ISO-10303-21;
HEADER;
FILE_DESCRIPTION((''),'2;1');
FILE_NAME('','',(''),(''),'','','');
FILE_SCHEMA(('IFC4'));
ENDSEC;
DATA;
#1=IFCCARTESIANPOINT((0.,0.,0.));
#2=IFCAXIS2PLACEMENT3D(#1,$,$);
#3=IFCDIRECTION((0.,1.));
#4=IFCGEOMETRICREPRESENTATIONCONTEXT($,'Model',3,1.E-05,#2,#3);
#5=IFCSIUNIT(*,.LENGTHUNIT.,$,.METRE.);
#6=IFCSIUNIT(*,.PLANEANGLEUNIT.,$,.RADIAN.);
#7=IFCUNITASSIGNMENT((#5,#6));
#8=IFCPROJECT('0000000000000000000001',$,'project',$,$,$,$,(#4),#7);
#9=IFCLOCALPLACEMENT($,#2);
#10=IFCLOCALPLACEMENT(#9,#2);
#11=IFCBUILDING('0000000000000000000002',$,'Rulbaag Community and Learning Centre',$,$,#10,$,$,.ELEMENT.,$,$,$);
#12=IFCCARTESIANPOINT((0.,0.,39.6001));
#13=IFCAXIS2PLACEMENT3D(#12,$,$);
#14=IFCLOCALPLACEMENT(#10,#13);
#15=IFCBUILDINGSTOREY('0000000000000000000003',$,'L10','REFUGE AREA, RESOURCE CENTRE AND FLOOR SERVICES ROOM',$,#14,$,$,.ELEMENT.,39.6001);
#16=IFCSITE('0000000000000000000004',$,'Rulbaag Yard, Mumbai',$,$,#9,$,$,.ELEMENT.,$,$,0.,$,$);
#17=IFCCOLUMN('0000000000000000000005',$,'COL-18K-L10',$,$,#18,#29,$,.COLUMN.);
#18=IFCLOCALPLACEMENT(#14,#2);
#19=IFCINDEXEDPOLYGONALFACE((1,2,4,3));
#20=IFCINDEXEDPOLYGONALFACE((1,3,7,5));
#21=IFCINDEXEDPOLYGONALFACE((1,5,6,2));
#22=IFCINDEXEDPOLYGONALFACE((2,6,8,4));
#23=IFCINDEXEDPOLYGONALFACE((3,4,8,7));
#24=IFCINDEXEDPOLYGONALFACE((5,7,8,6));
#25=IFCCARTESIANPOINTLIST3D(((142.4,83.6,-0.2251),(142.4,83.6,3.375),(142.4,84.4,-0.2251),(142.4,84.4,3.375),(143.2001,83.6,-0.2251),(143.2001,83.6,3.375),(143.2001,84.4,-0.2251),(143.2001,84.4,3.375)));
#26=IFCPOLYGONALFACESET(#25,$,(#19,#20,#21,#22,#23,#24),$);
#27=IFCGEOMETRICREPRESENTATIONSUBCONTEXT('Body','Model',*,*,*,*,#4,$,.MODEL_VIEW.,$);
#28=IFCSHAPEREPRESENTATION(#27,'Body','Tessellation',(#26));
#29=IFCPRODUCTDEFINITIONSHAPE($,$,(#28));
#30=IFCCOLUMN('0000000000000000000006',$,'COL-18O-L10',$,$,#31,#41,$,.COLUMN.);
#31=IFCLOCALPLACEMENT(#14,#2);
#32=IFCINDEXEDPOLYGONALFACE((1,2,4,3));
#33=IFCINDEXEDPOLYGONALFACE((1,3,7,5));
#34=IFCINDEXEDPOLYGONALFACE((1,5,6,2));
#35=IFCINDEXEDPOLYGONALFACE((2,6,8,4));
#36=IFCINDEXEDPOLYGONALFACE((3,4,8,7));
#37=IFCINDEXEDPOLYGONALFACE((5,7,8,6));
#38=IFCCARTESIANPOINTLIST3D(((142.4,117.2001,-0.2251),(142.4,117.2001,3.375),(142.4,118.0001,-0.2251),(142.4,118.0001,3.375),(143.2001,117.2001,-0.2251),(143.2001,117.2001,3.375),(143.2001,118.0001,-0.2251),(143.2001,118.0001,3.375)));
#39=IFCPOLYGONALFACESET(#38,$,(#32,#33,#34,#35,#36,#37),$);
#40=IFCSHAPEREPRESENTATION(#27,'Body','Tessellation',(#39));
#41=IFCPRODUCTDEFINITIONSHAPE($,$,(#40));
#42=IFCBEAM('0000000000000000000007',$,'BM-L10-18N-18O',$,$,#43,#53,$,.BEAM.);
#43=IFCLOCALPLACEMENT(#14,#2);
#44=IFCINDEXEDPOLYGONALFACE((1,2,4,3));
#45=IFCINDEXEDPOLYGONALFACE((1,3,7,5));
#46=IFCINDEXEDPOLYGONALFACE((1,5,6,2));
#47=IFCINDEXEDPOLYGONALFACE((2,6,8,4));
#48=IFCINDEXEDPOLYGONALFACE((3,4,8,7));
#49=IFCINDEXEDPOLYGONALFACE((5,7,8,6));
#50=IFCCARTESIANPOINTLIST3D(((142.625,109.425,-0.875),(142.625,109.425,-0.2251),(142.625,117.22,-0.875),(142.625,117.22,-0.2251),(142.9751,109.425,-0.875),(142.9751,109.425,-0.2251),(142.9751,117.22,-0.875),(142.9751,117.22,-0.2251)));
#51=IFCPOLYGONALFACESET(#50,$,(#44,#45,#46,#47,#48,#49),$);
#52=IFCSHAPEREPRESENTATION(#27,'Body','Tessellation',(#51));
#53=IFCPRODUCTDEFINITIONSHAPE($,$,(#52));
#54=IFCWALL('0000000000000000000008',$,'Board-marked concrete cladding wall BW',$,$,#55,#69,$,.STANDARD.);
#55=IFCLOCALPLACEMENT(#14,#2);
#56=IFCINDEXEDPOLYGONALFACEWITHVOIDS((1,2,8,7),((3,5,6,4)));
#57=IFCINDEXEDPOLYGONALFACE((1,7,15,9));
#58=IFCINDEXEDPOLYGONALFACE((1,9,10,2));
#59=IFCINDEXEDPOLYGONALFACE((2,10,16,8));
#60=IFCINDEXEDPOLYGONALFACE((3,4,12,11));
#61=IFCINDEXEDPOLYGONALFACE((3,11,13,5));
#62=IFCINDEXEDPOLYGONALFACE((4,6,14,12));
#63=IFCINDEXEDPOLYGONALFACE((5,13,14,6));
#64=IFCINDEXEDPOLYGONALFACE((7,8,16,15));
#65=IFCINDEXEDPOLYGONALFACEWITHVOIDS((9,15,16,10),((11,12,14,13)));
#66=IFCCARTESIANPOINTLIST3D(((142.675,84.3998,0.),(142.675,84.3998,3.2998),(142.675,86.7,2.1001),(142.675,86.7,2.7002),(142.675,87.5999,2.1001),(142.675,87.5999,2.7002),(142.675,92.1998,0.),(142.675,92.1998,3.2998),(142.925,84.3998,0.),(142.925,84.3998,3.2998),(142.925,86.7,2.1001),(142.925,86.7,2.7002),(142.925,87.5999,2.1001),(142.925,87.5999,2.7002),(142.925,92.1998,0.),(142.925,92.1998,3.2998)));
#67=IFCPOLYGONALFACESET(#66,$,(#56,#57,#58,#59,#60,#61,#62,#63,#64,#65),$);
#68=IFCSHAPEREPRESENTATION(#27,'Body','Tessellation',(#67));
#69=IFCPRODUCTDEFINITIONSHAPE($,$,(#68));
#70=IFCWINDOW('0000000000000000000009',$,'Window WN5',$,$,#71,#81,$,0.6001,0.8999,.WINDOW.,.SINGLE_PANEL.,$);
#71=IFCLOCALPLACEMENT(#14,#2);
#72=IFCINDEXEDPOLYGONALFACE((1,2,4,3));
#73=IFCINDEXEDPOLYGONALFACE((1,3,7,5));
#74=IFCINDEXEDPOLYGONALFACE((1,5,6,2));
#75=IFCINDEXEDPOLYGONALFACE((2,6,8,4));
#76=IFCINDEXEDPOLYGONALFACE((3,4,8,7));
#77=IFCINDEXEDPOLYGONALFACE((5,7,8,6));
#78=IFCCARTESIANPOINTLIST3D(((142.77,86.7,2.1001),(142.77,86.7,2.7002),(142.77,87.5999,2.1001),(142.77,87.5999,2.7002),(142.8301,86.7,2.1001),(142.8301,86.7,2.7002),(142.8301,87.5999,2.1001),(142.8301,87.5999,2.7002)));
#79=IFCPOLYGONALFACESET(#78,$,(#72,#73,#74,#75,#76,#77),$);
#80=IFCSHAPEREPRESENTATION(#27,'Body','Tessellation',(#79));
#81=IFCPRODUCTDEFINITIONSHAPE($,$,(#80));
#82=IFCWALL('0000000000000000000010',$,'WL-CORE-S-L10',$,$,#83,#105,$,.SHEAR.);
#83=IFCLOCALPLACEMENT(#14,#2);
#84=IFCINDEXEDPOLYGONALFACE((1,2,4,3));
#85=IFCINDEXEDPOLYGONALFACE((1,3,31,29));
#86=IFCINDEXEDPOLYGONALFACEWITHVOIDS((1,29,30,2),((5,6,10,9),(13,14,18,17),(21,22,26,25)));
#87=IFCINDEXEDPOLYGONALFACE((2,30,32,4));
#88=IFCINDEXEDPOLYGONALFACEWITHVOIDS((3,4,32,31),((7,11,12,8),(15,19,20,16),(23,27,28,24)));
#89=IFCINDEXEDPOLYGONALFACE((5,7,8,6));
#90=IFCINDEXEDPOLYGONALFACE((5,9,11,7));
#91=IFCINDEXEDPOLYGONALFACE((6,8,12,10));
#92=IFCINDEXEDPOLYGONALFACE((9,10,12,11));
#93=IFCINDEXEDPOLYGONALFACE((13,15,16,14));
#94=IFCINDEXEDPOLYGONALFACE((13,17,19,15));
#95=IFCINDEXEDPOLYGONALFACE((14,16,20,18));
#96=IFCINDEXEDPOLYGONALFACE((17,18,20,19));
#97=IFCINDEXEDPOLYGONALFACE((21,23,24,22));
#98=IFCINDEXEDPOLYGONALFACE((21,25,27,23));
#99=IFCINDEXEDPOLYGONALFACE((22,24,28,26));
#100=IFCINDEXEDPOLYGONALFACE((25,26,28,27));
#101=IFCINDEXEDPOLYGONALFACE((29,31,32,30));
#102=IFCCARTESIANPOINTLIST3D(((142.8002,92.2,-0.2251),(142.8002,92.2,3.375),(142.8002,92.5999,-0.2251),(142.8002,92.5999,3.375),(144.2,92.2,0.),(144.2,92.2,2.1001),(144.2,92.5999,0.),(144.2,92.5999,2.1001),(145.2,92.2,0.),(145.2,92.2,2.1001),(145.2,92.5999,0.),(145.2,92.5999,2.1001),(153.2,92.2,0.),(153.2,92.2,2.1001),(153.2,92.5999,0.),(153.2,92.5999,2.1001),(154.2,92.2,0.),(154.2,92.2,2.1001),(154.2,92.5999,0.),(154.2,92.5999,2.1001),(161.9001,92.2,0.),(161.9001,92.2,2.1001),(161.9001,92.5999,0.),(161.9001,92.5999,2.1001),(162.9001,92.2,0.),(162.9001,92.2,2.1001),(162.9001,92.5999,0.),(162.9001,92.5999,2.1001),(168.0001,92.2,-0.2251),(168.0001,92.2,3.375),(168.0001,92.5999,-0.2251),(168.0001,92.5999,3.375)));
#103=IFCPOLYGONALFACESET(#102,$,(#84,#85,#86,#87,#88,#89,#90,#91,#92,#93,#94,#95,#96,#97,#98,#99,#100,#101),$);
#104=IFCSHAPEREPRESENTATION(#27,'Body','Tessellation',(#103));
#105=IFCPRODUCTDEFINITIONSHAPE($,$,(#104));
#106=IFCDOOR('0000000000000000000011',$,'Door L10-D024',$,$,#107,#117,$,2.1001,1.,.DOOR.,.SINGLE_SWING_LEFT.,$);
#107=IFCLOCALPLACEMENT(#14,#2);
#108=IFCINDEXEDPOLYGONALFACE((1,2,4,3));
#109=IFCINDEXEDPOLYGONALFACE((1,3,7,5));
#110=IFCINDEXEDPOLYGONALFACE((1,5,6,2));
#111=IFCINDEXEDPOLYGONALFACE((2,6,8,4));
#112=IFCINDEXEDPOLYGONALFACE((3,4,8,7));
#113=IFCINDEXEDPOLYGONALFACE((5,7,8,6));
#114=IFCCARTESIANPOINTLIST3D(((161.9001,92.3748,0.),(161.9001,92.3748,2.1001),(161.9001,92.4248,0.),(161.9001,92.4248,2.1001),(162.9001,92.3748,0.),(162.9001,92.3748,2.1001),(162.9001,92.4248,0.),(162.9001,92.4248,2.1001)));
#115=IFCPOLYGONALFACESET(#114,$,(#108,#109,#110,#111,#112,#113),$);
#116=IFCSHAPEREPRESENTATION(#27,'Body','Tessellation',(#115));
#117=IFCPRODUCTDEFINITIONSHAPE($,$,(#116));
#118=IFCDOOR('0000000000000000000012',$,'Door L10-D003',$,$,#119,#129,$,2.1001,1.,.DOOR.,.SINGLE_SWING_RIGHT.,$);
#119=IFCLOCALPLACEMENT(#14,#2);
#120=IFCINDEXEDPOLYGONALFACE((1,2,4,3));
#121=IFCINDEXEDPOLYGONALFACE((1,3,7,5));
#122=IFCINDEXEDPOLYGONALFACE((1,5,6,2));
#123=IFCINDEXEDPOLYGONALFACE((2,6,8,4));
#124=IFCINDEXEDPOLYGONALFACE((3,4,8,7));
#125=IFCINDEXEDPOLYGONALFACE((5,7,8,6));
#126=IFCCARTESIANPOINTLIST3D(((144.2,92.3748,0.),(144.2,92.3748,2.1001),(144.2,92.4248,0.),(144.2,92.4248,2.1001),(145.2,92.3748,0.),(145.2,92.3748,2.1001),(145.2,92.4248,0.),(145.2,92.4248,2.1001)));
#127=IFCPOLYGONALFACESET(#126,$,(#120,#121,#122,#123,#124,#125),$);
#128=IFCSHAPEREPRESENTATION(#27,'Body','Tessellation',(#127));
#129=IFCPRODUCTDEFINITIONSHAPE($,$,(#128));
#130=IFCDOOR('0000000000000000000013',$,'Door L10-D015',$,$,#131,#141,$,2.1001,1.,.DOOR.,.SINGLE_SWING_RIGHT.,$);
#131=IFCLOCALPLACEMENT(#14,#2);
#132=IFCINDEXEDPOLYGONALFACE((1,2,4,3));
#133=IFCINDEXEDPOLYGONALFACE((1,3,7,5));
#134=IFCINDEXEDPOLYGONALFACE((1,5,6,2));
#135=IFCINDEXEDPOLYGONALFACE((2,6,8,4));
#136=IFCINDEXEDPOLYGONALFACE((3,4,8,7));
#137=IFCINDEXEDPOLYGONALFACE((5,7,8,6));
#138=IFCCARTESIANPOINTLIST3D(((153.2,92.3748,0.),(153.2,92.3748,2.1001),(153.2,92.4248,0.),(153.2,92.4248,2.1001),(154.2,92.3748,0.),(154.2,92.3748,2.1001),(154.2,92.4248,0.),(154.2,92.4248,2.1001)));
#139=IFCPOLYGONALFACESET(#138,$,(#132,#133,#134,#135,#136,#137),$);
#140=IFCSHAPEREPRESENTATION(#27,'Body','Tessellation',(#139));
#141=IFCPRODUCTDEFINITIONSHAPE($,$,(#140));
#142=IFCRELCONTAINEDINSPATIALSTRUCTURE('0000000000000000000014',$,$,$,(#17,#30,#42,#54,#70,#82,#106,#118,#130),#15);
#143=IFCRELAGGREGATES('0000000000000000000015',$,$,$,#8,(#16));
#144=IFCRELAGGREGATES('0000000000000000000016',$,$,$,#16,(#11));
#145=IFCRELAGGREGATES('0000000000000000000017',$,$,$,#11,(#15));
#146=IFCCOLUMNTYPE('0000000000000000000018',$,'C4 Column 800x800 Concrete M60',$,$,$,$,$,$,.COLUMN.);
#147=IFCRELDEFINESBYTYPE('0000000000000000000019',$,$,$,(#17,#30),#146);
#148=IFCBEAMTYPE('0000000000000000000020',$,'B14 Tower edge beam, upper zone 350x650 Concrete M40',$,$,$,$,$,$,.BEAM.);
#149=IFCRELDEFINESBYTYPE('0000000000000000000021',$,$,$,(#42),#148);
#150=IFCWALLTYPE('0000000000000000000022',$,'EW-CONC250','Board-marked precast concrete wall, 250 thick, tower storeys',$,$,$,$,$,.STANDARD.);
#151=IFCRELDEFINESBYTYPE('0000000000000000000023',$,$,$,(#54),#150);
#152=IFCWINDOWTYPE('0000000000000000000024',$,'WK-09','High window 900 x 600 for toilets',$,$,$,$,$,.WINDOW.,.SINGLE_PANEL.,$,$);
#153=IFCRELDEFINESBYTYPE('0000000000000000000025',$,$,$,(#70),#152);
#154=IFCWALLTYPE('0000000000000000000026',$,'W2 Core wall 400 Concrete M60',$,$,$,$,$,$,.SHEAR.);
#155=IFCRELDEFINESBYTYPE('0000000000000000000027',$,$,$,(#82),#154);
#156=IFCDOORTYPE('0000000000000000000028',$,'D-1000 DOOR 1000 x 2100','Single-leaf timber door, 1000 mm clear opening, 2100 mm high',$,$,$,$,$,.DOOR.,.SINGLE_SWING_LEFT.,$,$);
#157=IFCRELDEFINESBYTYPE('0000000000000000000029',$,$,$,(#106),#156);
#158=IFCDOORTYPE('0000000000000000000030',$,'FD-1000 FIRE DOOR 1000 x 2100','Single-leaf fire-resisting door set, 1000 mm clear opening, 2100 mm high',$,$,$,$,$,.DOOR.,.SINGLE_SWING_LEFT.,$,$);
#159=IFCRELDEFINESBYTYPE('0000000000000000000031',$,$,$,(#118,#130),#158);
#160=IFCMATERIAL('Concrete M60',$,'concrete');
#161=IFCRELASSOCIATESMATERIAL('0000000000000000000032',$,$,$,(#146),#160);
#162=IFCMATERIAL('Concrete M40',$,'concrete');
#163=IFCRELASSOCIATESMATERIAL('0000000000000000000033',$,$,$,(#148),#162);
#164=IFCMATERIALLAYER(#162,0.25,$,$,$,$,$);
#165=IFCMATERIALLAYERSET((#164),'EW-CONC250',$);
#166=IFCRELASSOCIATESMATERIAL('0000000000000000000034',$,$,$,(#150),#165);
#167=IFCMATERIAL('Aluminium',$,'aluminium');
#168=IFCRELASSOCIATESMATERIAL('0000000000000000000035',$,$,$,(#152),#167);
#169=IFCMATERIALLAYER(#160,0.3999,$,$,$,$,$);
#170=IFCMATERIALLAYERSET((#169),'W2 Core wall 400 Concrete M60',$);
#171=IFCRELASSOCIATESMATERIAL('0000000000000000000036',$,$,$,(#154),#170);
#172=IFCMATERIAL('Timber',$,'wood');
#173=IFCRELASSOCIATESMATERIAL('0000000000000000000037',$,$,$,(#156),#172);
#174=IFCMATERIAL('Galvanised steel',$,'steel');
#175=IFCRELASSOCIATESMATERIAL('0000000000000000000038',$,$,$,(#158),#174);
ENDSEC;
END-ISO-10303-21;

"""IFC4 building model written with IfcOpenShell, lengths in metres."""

from ifc_helpers import new_model, si_unit, direction, frame, frame_2d, origin, origin_2d, place, context, subcontext, project, spatial, rectangle, extrude, material, layer, layer_set, material_profile, profile_set, type_object, element, fill, save


model = new_model("IFC4")

# Units and contexts
model_context = context("Model", 3, precision=1e-05, world=origin(), true_north=direction((0.0, 1.0)))
body_context = subcontext(model_context, "Body", "Model", "MODEL_VIEW")
ifc_project = project(units=[si_unit("LENGTHUNIT", "METRE"), si_unit("PLANEANGLEUNIT", "RADIAN")], contexts=[model_context])

# Site, building, storey
site_placement = place(None, origin())
site = spatial("IfcSite", under=ifc_project, at=site_placement, Name="Rulbaag Yard, Mumbai", CompositionType="ELEMENT", RefElevation=0.0)
building_placement = place(site_placement, origin())
building = spatial("IfcBuilding", under=site, at=building_placement, Name="Rulbaag Community and Learning Centre", CompositionType="ELEMENT")
storey_placement = place(building_placement, frame((0.0, 0.0, 39.6001)))
storey = spatial("IfcBuildingStorey", under=building, at=storey_placement, Name="L10", Description="REFUGE AREA, RESOURCE CENTRE AND FLOOR SERVICES ROOM", CompositionType="ELEMENT", Elevation=39.6001)

# Columns
ifc_material_1 = material(Name="Concrete M60", Category="concrete")
ifc_material_profile_1 = material_profile(ifc_material_1, rectangle(XDim=0.8, YDim=0.8, at=origin_2d()), Name="RC800x800")
ifc_profile_set_1 = profile_set([ifc_material_profile_1], Name="Concrete M60")
column_type = type_object("IfcColumnType", Name="C4 Column 800x800 Concrete M60", PredefinedType="COLUMN", material=ifc_profile_set_1)
for number, where, z_axis, x_axis, name in (
    (1, (142.8, 84.0, -0.2251), (0.0, 0.0, 1.0), (1.0, 0.0, 0.0), "COL-18K-L10"),
    (2, (142.8, 117.6001, -0.2251), (0.0, 0.0, 1.0), (1.0, 0.0, 0.0), "COL-18O-L10"),
):
    element("IfcColumn", number, at=place(storey_placement, frame(where, z_axis=z_axis, x_axis=x_axis)), inside=storey, type_object=column_type, Name=name, PredefinedType="COLUMN", context=body_context, shape_type="SweptSolid", body=[
        extrude(rectangle(XDim=0.8, YDim=0.8, at=origin_2d()), origin(), (0.0, 0.0, 1.0), 3.6001),
    ])

# Beam
ifc_material_2 = material(Name="Concrete M40", Category="concrete")
ifc_material_profile_2 = material_profile(ifc_material_2, rectangle(XDim=0.3501, YDim=0.6499, at=origin_2d()), Name="RB350x650")
ifc_profile_set_2 = profile_set([ifc_material_profile_2], Name="Concrete M40")
beam_type = type_object("IfcBeamType", Name="B14 Tower edge beam, upper zone 350x650 Concrete M40", PredefinedType="BEAM", material=ifc_profile_set_2)
beam_placement = place(storey_placement, frame((142.8, 109.425, -0.55), z_axis=(0.0, 1.0, 0.0), x_axis=(-1.0, 0.0, 0.0)))
element("IfcBeam", 3, at=beam_placement, inside=storey, type_object=beam_type, Name="BM-L10-18N-18O", PredefinedType="BEAM", context=body_context, shape_type="SweptSolid", body=[
    extrude(rectangle(XDim=0.3501, YDim=0.6499, at=origin_2d()), origin(), (0.0, 0.0, 1.0), 7.7949),
])

# Wall, opening, window
ifc_layer_1 = layer(ifc_material_2, 0.25)
ifc_layer_set_1 = layer_set([ifc_layer_1], Name="EW-CONC250")
wall_type_1 = type_object("IfcWallType", Name="EW-CONC250", Description="Board-marked precast concrete wall, 250 thick, tower storeys", PredefinedType="STANDARD", material=ifc_layer_set_1)
wall_1_placement = place(storey_placement, frame((142.8, 84.3999, 0.0), z_axis=(0.0, 0.0, 1.0), x_axis=(0.0, 1.0, 0.0)))
wall_1 = element("IfcWall", 4, at=wall_1_placement, inside=storey, type_object=wall_type_1, Name="Board-marked concrete cladding wall BW", PredefinedType="STANDARD", context=body_context, shape_type="SweptSolid", body=[
    extrude(rectangle(XDim=7.8, YDim=0.25, at=frame_2d((3.8999, 0.0))), origin(), (0.0, 0.0, 1.0), 3.2998),
])
opening_1_placement = place(wall_1_placement, frame((2.3, 0.0, 2.1001)))
opening_1 = element("IfcOpeningElement", 5, at=opening_1_placement, cuts=wall_1, PredefinedType="OPENING", context=body_context, shape_type="SweptSolid", body=[
    extrude(rectangle(XDim=0.8999, YDim=0.6001, at=frame_2d((0.45, 0.3))), frame((0.0, 0.135, 0.0), z_axis=(0.0, -1.0, 0.0), x_axis=(1.0, 0.0, 0.0)), (0.0, 0.0, 1.0), 0.27),
])
ifc_material_3 = material(Name="Aluminium", Category="aluminium")
window_type = type_object("IfcWindowType", Name="WK-09", Description="High window 900 x 600 for toilets", PartitioningType="SINGLE_PANEL", PredefinedType="WINDOW", material=ifc_material_3)
window_placement = place(opening_1_placement, origin())
window = element("IfcWindow", 6, at=window_placement, inside=storey, type_object=window_type, Name="Window WN5", OverallHeight=0.6001, OverallWidth=0.8999, PartitioningType="SINGLE_PANEL", PredefinedType="WINDOW", context=body_context, shape_type="SweptSolid", body=[
    extrude(rectangle(XDim=0.8999, YDim=0.6001, at=frame_2d((0.45, 0.3))), frame((0.0, 0.03, 0.0), z_axis=(0.0, -1.0, 0.0), x_axis=(1.0, 0.0, 0.0)), (0.0, 0.0, 1.0), 0.0601),
])
fill(opening_1, window)

# Wall, openings, doors
ifc_layer_2 = layer(ifc_material_1, 0.3999)
ifc_layer_set_2 = layer_set([ifc_layer_2], Name="W2 Core wall 400 Concrete M60")
wall_type_2 = type_object("IfcWallType", Name="W2 Core wall 400 Concrete M60", PredefinedType="SHEAR", material=ifc_layer_set_2)
wall_2_placement = place(storey_placement, frame((142.8, 92.3999, -0.2251), z_axis=(0.0, 0.0, 1.0), x_axis=(1.0, 0.0, 0.0)))
wall_2 = element("IfcWall", 7, at=wall_2_placement, inside=storey, type_object=wall_type_2, Name="WL-CORE-S-L10", PredefinedType="SHEAR", context=body_context, shape_type="SweptSolid", body=[
    extrude(rectangle(XDim=25.2, YDim=0.3999, at=frame_2d((12.6001, 0.0))), origin(), (0.0, 0.0, 1.0), 3.6001),
])
opening_2_placement = place(wall_2_placement, frame((1.3999, 0.0, 0.2251)))
opening_2 = element("IfcOpeningElement", 8, at=opening_2_placement, cuts=wall_2, PredefinedType="OPENING", context=body_context, shape_type="SweptSolid", body=[
    extrude(rectangle(XDim=1.0, YDim=2.1001, at=frame_2d((0.5, 1.05))), frame((0.0, 0.21, 0.0), z_axis=(0.0, -1.0, 0.0), x_axis=(1.0, 0.0, 0.0)), (0.0, 0.0, 1.0), 0.4199),
])
opening_3_placement = place(wall_2_placement, frame((19.1001, 0.0, 0.2251)))
opening_3 = element("IfcOpeningElement", 9, at=opening_3_placement, cuts=wall_2, PredefinedType="OPENING", context=body_context, shape_type="SweptSolid", body=[
    extrude(rectangle(XDim=1.0, YDim=2.1001, at=frame_2d((0.5, 1.05))), frame((0.0, 0.21, 0.0), z_axis=(0.0, -1.0, 0.0), x_axis=(1.0, 0.0, 0.0)), (0.0, 0.0, 1.0), 0.4199),
])
opening_4_placement = place(wall_2_placement, frame((10.3999, 0.0, 0.2251)))
opening_4 = element("IfcOpeningElement", 10, at=opening_4_placement, cuts=wall_2, PredefinedType="OPENING", context=body_context, shape_type="SweptSolid", body=[
    extrude(rectangle(XDim=1.0, YDim=2.1001, at=frame_2d((0.5, 1.05))), frame((0.0, 0.21, 0.0), z_axis=(0.0, -1.0, 0.0), x_axis=(1.0, 0.0, 0.0)), (0.0, 0.0, 1.0), 0.4199),
])
ifc_material_4 = material(Name="Timber", Category="wood")
door_type_1 = type_object("IfcDoorType", Name="D-1000 DOOR 1000 x 2100", Description="Single-leaf timber door, 1000 mm clear opening, 2100 mm high", OperationType="SINGLE_SWING_LEFT", PredefinedType="DOOR", material=ifc_material_4)
door_1_placement = place(opening_3_placement, origin())
door_1 = element("IfcDoor", 11, at=door_1_placement, inside=storey, type_object=door_type_1, Name="Door L10-D024", OperationType="SINGLE_SWING_LEFT", OverallHeight=2.1001, OverallWidth=1.0, PredefinedType="DOOR", context=body_context, shape_type="SweptSolid", body=[
    extrude(rectangle(XDim=1.0, YDim=2.1001, at=frame_2d((0.5, 1.05))), frame((0.0, 0.0249, 0.0), z_axis=(0.0, -1.0, 0.0), x_axis=(1.0, 0.0, 0.0)), (0.0, 0.0, 1.0), 0.05),
])
fill(opening_3, door_1)
ifc_material_5 = material(Name="Galvanised steel", Category="steel")
door_type_2 = type_object("IfcDoorType", Name="FD-1000 FIRE DOOR 1000 x 2100", Description="Single-leaf fire-resisting door set, 1000 mm clear opening, 2100 mm high", OperationType="SINGLE_SWING_LEFT", PredefinedType="DOOR", material=ifc_material_5)
door_2_placement = place(opening_2_placement, origin())
door_2 = element("IfcDoor", 12, at=door_2_placement, inside=storey, type_object=door_type_2, Name="Door L10-D003", OperationType="SINGLE_SWING_RIGHT", OverallHeight=2.1001, OverallWidth=1.0, PredefinedType="DOOR", context=body_context, shape_type="SweptSolid", body=[
    extrude(rectangle(XDim=1.0, YDim=2.1001, at=frame_2d((0.5, 1.05))), frame((0.0, 0.0249, 0.0), z_axis=(0.0, -1.0, 0.0), x_axis=(1.0, 0.0, 0.0)), (0.0, 0.0, 1.0), 0.05),
])
fill(opening_2, door_2)
door_3_placement = place(opening_4_placement, origin())
door_3 = element("IfcDoor", 13, at=door_3_placement, inside=storey, type_object=door_type_2, Name="Door L10-D015", OperationType="SINGLE_SWING_RIGHT", OverallHeight=2.1001, OverallWidth=1.0, PredefinedType="DOOR", context=body_context, shape_type="SweptSolid", body=[
    extrude(rectangle(XDim=1.0, YDim=2.1001, at=frame_2d((0.5, 1.05))), frame((0.0, 0.0249, 0.0), z_axis=(0.0, -1.0, 0.0), x_axis=(1.0, 0.0, 0.0)), (0.0, 0.0, 1.0), 0.05),
])
fill(opening_4, door_3)

save(model, "model.ifc")
